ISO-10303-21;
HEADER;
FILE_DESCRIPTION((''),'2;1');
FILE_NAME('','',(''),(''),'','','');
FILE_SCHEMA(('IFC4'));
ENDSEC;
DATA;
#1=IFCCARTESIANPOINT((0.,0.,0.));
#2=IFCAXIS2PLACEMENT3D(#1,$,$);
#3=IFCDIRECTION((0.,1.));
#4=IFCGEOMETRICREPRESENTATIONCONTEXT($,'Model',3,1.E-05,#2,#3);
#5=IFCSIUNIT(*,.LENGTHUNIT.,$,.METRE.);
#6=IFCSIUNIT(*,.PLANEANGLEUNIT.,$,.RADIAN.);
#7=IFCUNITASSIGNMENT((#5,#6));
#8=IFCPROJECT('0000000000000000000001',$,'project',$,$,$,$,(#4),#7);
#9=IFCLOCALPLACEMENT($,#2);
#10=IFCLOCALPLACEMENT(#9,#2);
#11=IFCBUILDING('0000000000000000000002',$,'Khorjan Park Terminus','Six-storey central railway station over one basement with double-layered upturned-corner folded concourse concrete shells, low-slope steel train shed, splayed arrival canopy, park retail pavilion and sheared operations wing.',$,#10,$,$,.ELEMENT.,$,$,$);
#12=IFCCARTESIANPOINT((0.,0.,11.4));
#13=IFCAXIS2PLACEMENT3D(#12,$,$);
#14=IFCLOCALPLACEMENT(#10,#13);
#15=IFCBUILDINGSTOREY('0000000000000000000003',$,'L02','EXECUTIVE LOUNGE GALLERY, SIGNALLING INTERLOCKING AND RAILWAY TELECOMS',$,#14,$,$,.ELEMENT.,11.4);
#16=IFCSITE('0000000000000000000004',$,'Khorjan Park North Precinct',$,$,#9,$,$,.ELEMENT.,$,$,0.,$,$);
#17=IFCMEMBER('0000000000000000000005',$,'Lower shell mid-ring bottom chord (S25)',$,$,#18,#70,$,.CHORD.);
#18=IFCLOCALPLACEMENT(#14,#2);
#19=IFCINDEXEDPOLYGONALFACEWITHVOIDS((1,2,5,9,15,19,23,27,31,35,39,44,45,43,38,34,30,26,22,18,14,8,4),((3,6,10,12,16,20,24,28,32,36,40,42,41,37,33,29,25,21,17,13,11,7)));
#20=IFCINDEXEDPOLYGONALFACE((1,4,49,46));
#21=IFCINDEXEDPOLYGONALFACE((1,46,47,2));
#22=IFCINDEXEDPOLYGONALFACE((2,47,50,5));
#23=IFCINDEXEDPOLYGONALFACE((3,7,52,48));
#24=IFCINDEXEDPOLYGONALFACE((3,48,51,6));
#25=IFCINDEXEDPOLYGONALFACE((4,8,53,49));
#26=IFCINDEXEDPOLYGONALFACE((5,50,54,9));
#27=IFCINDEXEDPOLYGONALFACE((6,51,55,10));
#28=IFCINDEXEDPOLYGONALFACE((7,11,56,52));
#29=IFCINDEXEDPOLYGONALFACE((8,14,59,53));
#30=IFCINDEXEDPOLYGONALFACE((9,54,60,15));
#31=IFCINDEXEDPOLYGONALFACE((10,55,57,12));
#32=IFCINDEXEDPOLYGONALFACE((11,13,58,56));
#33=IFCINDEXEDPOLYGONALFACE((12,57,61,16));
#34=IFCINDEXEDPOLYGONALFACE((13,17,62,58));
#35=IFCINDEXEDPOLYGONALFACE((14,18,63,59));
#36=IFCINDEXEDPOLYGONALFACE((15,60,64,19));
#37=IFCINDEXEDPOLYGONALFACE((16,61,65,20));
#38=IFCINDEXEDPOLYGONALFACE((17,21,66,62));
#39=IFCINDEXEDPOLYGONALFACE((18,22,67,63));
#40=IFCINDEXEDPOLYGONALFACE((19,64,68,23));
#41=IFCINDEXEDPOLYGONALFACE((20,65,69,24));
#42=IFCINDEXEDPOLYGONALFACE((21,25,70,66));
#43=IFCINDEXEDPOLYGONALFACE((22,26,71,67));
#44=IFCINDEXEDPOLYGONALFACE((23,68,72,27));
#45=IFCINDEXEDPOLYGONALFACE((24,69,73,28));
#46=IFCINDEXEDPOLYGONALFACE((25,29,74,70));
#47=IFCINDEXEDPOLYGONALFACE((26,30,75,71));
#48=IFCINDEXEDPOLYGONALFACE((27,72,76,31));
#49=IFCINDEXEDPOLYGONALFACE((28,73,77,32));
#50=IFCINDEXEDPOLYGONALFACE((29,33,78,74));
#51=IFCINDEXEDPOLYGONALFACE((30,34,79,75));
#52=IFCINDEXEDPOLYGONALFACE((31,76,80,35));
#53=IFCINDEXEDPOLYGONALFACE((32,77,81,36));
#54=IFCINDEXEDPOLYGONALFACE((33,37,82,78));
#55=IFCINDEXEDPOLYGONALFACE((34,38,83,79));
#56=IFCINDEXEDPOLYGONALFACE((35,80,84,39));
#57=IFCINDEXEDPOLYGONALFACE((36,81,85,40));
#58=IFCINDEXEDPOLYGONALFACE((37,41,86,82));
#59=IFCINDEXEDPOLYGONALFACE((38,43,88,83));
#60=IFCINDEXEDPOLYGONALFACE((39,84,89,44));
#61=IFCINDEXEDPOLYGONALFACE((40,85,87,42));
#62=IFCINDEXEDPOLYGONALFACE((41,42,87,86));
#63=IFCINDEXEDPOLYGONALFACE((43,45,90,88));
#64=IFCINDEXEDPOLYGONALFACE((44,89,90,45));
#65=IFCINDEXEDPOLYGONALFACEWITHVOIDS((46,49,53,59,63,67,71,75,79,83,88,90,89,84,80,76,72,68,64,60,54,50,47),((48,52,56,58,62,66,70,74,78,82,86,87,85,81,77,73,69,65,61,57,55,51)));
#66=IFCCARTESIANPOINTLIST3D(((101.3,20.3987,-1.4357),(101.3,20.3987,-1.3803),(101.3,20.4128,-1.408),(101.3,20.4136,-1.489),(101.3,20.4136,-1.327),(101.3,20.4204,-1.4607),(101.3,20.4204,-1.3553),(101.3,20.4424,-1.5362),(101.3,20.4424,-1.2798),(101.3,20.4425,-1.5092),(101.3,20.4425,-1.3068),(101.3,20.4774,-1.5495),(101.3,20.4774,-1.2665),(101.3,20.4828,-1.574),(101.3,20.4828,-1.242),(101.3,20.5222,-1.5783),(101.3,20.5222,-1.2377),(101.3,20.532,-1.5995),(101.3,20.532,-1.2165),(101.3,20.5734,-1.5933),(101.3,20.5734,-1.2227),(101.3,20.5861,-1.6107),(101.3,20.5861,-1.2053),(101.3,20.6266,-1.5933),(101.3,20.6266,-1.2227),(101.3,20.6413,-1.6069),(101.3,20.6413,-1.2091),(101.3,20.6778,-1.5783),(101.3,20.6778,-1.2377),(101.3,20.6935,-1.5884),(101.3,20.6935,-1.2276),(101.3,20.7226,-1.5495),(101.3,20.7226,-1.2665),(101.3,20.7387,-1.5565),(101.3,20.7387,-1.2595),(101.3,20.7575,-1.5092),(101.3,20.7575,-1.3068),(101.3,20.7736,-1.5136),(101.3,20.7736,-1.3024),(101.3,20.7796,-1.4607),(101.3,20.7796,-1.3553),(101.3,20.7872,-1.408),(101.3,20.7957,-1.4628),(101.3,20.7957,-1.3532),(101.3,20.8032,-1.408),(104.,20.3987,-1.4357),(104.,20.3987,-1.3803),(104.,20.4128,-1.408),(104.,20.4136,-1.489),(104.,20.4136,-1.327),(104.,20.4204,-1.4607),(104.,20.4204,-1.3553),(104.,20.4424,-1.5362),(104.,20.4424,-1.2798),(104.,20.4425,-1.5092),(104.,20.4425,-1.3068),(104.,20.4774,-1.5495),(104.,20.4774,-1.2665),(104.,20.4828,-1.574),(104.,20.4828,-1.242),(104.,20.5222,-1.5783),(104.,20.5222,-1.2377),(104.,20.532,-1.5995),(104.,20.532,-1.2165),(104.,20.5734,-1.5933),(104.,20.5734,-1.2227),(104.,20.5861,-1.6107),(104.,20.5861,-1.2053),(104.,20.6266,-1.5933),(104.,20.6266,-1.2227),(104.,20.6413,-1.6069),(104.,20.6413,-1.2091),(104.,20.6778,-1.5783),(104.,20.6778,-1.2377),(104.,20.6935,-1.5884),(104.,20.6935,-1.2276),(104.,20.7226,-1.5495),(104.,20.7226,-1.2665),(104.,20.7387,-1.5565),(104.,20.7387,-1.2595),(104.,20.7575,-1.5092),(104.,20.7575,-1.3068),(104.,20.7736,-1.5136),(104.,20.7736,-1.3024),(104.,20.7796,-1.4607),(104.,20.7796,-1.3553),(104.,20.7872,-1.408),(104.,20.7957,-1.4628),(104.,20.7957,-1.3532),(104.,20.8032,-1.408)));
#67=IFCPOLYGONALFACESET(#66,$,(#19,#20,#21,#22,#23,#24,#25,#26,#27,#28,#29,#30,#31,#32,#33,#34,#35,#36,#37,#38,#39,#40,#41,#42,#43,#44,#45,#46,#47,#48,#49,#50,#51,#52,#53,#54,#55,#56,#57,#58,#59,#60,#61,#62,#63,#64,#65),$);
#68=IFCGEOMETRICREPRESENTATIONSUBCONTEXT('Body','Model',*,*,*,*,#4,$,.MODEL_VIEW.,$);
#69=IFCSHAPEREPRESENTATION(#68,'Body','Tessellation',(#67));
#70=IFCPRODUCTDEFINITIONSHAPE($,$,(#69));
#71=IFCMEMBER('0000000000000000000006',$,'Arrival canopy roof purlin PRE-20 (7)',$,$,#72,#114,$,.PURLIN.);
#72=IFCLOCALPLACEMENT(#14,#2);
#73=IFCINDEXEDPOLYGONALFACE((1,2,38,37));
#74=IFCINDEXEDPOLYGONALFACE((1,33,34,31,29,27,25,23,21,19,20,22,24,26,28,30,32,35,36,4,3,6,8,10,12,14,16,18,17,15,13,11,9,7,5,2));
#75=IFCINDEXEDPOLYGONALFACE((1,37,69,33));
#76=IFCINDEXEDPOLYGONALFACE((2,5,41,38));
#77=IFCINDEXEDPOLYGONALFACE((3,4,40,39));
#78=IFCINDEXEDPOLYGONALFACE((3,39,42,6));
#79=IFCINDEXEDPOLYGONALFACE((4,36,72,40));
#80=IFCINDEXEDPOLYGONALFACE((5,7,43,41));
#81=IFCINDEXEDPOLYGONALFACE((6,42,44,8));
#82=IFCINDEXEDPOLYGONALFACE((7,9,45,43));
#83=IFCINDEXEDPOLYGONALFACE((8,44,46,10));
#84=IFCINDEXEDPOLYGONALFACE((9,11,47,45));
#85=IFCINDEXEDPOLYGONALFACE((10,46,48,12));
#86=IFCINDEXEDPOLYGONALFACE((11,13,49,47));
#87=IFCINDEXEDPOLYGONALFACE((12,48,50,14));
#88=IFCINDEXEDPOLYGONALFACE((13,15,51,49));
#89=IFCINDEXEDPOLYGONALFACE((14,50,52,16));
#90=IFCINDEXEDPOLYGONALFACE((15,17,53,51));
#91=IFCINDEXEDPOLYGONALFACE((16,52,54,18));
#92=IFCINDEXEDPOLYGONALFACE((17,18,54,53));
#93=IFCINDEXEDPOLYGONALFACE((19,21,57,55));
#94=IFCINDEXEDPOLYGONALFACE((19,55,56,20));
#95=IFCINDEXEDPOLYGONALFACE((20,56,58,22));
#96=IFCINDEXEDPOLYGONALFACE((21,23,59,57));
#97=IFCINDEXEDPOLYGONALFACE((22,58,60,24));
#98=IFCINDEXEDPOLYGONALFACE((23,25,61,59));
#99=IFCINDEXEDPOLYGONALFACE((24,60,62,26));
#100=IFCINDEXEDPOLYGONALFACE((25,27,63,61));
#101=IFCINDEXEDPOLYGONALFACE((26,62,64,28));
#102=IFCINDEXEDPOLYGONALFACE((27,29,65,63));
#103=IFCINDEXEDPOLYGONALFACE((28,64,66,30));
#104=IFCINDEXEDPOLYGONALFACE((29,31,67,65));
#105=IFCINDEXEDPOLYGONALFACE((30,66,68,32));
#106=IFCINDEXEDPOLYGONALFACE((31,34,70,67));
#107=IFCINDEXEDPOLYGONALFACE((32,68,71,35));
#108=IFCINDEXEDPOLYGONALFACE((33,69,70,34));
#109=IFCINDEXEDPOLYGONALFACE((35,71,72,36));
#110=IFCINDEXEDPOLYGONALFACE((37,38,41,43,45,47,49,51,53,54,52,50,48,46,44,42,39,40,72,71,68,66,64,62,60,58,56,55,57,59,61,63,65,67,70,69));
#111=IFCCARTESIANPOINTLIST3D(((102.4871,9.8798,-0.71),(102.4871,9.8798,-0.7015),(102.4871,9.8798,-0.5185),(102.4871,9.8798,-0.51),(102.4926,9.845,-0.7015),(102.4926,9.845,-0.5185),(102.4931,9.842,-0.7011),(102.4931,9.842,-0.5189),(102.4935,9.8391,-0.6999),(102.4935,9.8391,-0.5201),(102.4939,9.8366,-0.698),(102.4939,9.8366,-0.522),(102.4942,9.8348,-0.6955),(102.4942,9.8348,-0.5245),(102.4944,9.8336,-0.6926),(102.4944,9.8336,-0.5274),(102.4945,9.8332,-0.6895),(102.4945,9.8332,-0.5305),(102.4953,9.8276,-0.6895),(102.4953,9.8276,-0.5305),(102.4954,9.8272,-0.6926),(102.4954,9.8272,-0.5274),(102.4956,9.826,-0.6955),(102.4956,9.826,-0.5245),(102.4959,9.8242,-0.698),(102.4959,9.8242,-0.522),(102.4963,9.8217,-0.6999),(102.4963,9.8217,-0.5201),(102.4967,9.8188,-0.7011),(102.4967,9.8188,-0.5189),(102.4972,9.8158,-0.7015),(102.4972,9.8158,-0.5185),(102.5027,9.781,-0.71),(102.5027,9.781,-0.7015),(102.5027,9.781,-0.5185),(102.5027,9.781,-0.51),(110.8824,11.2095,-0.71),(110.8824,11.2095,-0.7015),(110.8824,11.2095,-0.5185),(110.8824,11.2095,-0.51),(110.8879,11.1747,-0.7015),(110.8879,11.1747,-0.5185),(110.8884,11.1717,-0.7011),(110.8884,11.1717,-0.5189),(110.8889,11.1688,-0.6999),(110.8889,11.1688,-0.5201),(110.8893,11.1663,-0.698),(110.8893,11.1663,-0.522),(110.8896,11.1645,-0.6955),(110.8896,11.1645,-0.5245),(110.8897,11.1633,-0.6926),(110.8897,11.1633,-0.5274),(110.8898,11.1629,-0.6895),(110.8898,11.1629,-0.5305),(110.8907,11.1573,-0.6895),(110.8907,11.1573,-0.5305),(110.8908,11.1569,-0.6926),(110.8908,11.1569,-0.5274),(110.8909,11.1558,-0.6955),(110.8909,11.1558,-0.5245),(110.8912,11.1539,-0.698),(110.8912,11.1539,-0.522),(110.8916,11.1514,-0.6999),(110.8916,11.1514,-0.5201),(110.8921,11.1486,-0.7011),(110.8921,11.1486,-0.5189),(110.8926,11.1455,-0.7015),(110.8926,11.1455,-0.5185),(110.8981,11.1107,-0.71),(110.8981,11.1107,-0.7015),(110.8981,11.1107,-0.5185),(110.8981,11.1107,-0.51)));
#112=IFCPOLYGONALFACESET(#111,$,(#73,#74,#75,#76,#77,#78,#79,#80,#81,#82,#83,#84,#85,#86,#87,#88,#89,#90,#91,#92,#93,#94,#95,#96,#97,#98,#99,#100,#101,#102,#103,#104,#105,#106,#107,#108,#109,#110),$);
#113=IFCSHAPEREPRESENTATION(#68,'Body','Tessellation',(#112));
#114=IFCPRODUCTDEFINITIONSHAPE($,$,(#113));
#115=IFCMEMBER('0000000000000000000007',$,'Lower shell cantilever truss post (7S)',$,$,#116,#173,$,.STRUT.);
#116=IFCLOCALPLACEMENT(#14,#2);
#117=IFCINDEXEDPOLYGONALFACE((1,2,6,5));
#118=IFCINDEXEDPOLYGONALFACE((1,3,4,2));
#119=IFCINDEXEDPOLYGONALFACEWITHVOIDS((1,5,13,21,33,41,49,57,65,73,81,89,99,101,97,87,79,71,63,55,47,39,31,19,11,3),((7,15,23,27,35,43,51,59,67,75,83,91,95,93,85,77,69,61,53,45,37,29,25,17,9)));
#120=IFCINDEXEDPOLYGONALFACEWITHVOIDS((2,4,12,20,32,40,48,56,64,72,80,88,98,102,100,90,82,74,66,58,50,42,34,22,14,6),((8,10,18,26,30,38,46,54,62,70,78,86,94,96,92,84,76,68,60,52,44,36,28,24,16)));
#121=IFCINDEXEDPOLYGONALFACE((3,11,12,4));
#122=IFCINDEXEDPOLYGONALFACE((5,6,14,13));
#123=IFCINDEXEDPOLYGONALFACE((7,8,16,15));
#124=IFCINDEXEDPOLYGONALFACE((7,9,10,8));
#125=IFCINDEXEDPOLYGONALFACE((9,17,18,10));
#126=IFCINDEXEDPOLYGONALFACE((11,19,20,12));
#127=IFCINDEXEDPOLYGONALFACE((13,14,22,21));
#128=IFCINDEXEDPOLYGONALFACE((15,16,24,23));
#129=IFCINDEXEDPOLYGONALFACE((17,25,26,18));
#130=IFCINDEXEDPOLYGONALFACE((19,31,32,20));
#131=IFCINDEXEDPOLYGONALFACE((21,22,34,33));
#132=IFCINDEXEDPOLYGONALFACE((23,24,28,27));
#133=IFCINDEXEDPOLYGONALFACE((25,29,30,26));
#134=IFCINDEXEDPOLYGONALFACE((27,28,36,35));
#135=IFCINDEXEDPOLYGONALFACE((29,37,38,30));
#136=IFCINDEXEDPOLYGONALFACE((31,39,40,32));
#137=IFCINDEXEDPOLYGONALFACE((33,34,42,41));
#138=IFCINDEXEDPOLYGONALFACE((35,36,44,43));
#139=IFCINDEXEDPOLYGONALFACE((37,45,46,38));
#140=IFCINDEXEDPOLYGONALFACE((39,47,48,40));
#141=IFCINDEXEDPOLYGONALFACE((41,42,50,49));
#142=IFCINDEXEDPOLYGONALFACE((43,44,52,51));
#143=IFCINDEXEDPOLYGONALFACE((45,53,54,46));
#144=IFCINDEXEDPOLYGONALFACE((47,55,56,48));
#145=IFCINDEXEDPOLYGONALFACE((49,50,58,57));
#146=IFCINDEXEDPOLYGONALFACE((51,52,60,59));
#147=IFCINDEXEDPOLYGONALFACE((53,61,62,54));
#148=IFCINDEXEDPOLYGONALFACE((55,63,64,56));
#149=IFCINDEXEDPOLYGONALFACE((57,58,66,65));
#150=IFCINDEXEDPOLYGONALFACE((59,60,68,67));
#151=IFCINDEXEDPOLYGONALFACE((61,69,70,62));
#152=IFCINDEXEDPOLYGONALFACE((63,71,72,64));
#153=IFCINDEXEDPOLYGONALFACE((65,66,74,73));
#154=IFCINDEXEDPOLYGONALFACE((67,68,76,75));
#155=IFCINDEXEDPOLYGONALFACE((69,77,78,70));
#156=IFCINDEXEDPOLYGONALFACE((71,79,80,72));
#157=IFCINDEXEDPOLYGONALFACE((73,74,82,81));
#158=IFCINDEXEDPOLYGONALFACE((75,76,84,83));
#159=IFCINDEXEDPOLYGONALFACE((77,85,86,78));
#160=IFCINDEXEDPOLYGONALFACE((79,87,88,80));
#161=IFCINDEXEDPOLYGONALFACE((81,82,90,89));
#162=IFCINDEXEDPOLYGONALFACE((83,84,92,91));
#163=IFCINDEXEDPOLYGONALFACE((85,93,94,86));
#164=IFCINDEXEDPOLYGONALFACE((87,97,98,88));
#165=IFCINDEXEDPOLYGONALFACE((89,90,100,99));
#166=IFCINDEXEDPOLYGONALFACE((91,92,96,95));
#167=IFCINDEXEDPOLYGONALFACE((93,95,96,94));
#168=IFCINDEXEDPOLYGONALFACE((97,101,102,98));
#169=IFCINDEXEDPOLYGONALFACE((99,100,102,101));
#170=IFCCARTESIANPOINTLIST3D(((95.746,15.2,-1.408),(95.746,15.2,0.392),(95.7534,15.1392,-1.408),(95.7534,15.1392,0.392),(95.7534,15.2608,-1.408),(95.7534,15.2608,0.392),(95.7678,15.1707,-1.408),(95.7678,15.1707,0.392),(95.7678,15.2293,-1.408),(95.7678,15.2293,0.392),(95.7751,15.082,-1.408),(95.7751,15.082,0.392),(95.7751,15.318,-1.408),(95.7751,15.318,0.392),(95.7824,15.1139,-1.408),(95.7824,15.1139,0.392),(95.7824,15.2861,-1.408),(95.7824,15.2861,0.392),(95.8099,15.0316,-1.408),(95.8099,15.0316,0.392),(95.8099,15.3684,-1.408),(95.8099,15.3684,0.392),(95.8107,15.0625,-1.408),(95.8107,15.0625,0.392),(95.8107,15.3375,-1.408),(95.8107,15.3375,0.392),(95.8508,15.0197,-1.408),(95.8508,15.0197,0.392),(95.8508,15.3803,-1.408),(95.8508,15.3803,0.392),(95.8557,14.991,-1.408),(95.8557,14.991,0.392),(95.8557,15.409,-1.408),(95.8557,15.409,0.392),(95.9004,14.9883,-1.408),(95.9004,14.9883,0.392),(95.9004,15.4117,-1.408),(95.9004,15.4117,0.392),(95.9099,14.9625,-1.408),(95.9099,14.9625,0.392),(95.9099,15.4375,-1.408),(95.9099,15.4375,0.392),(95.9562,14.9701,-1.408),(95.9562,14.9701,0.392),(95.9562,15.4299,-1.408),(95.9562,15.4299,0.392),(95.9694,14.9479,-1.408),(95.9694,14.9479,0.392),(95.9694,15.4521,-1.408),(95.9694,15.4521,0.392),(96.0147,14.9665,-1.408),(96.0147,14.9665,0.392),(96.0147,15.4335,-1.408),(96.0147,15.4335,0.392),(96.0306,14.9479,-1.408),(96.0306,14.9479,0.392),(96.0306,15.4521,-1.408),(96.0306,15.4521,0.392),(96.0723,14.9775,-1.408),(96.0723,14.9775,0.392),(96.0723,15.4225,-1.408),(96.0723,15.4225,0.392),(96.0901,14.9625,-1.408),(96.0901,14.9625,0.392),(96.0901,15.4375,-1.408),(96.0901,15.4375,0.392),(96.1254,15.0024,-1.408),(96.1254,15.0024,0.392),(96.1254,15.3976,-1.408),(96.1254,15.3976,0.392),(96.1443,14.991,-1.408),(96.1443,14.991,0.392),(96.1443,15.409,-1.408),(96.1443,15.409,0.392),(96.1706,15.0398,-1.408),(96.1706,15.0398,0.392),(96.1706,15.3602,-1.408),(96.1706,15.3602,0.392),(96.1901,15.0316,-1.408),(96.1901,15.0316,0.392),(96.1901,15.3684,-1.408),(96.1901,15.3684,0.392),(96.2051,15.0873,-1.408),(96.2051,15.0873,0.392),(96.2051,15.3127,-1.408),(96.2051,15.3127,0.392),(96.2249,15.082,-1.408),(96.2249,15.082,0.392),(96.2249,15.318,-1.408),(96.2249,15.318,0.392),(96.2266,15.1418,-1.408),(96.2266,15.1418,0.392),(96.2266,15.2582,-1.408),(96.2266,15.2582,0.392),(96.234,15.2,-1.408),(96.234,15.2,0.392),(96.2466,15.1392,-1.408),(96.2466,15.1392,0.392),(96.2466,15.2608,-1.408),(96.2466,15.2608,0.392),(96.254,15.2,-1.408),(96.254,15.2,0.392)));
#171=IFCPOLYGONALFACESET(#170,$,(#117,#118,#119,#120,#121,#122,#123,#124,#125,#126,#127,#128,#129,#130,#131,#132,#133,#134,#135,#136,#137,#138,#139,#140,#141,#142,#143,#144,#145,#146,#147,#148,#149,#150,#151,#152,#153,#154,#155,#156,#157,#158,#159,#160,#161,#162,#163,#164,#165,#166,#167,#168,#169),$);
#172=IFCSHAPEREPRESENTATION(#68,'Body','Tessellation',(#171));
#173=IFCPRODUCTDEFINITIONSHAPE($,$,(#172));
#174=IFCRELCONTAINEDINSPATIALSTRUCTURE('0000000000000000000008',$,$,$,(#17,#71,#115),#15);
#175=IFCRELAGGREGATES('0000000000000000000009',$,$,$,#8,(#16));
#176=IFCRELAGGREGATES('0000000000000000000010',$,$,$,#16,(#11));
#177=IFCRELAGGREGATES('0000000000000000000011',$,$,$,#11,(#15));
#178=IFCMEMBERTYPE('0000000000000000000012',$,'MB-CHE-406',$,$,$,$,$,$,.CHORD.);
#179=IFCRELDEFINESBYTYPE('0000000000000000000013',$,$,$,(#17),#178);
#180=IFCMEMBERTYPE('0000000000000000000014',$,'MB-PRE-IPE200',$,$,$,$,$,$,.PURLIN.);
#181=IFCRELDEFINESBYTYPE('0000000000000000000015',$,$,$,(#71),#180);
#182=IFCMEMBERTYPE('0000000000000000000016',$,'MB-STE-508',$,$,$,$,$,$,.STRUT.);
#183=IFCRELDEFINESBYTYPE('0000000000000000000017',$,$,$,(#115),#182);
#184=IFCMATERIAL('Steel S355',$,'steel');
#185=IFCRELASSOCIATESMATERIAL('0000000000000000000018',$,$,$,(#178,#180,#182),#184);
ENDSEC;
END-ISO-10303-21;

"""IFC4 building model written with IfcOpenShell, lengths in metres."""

from ifc_helpers import new_model, si_unit, direction, frame, origin, origin_2d, place, context, subcontext, project, spatial, hollow_circle, i_section, extrude, material, material_profile, profile_set, type_object, element, save


model = new_model("IFC4")

# Units and contexts
model_context = context("Model", 3, precision=1e-05, world=origin(), true_north=direction((0.0, 1.0)))
body_context = subcontext(model_context, "Body", "Model", "MODEL_VIEW")
ifc_project = project(units=[si_unit("LENGTHUNIT", "METRE"), si_unit("PLANEANGLEUNIT", "RADIAN")], contexts=[model_context])

# Site, building, storey
site_placement = place(None, origin())
site = spatial("IfcSite", under=ifc_project, at=site_placement, Name="Khorjan Park North Precinct", CompositionType="ELEMENT", RefElevation=0.0)
building_placement = place(site_placement, origin())
building = spatial("IfcBuilding", under=site, at=building_placement, Name="Khorjan Park Terminus", Description="Six-storey central railway station over one basement with double-layered upturned-corner folded concourse concrete shells, low-slope steel train shed, splayed arrival canopy, park retail pavilion and sheared operations wing.", CompositionType="ELEMENT")
storey_placement = place(building_placement, frame((0.0, 0.0, 11.4)))
storey = spatial("IfcBuildingStorey", under=building, at=storey_placement, Name="L02", Description="EXECUTIVE LOUNGE GALLERY, SIGNALLING INTERLOCKING AND RAILWAY TELECOMS", CompositionType="ELEMENT", Elevation=11.4)

# Members
ifc_material_1 = material(Name="Steel S355", Category="steel")
ifc_material_profile_1 = material_profile(ifc_material_1, hollow_circle(Radius=0.2032, WallThickness=0.016, at=origin_2d()), Name="CHS 406.4x16")
ifc_profile_set_1 = profile_set([ifc_material_profile_1], Name="Steel S355")
member_type_1 = type_object("IfcMemberType", Name="MB-CHE-406", PredefinedType="CHORD", material=ifc_profile_set_1)
for number, where, z_axis, x_axis, name in (
    (1, (101.3, 20.6, -1.408), (1.0, 0.0, 0.0), (0.0, 1.0, 0.0), "Lower shell mid-ring bottom chord (S25)"),
):
    element("IfcMember", number, at=place(storey_placement, frame(where, z_axis=z_axis, x_axis=x_axis)), inside=storey, type_object=member_type_1, Name=name, PredefinedType="CHORD", context=body_context, shape_type="SweptSolid", body=[
        extrude(hollow_circle(Radius=0.2032, WallThickness=0.016, at=origin_2d()), origin(), (0.0, 0.0, 1.0), 2.7),
    ])
ifc_material_profile_2 = material_profile(ifc_material_1, i_section(OverallWidth=0.1, OverallDepth=0.2, WebThickness=0.0056, FlangeThickness=0.0085, FilletRadius=0.012, at=origin_2d()), Name="IPE 200")
ifc_profile_set_2 = profile_set([ifc_material_profile_2], Name="Steel S355")
member_type_2 = type_object("IfcMemberType", Name="MB-PRE-IPE200", PredefinedType="PURLIN", material=ifc_profile_set_2)
member_1_placement = place(storey_placement, frame((102.4949, 9.8304, -0.61), z_axis=(0.987688, 0.156436, 0.0), x_axis=(-0.156436, 0.987688, 0.0)))
element("IfcMember", 2, at=member_1_placement, inside=storey, type_object=member_type_2, Name="Arrival canopy roof purlin PRE-20 (7)", PredefinedType="PURLIN", context=body_context, shape_type="SweptSolid", body=[
    extrude(i_section(OverallWidth=0.1, OverallDepth=0.2, WebThickness=0.0056, FlangeThickness=0.0085, FilletRadius=0.012, at=origin_2d()), origin(), (0.0, 0.0, 1.0), 8.5),
])
ifc_material_profile_3 = material_profile(ifc_material_1, hollow_circle(Radius=0.254, WallThickness=0.02, at=origin_2d()), Name="CHS 508x20")
ifc_profile_set_3 = profile_set([ifc_material_profile_3], Name="Steel S355")
member_type_3 = type_object("IfcMemberType", Name="MB-STE-508", PredefinedType="STRUT", material=ifc_profile_set_3)
for number, where, z_axis, x_axis, name in (
    (3, (96.0, 15.2, -1.408), (0.0, 0.0, 1.0), (1.0, 0.0, 0.0), "Lower shell cantilever truss post (7S)"),
):
    element("IfcMember", number, at=place(storey_placement, frame(where, z_axis=z_axis, x_axis=x_axis)), inside=storey, type_object=member_type_3, Name=name, PredefinedType="STRUT", context=body_context, shape_type="SweptSolid", body=[
        extrude(hollow_circle(Radius=0.254, WallThickness=0.02, at=origin_2d()), origin(), (0.0, 0.0, 1.0), 1.8),
    ])

save(model, "model.ifc")
